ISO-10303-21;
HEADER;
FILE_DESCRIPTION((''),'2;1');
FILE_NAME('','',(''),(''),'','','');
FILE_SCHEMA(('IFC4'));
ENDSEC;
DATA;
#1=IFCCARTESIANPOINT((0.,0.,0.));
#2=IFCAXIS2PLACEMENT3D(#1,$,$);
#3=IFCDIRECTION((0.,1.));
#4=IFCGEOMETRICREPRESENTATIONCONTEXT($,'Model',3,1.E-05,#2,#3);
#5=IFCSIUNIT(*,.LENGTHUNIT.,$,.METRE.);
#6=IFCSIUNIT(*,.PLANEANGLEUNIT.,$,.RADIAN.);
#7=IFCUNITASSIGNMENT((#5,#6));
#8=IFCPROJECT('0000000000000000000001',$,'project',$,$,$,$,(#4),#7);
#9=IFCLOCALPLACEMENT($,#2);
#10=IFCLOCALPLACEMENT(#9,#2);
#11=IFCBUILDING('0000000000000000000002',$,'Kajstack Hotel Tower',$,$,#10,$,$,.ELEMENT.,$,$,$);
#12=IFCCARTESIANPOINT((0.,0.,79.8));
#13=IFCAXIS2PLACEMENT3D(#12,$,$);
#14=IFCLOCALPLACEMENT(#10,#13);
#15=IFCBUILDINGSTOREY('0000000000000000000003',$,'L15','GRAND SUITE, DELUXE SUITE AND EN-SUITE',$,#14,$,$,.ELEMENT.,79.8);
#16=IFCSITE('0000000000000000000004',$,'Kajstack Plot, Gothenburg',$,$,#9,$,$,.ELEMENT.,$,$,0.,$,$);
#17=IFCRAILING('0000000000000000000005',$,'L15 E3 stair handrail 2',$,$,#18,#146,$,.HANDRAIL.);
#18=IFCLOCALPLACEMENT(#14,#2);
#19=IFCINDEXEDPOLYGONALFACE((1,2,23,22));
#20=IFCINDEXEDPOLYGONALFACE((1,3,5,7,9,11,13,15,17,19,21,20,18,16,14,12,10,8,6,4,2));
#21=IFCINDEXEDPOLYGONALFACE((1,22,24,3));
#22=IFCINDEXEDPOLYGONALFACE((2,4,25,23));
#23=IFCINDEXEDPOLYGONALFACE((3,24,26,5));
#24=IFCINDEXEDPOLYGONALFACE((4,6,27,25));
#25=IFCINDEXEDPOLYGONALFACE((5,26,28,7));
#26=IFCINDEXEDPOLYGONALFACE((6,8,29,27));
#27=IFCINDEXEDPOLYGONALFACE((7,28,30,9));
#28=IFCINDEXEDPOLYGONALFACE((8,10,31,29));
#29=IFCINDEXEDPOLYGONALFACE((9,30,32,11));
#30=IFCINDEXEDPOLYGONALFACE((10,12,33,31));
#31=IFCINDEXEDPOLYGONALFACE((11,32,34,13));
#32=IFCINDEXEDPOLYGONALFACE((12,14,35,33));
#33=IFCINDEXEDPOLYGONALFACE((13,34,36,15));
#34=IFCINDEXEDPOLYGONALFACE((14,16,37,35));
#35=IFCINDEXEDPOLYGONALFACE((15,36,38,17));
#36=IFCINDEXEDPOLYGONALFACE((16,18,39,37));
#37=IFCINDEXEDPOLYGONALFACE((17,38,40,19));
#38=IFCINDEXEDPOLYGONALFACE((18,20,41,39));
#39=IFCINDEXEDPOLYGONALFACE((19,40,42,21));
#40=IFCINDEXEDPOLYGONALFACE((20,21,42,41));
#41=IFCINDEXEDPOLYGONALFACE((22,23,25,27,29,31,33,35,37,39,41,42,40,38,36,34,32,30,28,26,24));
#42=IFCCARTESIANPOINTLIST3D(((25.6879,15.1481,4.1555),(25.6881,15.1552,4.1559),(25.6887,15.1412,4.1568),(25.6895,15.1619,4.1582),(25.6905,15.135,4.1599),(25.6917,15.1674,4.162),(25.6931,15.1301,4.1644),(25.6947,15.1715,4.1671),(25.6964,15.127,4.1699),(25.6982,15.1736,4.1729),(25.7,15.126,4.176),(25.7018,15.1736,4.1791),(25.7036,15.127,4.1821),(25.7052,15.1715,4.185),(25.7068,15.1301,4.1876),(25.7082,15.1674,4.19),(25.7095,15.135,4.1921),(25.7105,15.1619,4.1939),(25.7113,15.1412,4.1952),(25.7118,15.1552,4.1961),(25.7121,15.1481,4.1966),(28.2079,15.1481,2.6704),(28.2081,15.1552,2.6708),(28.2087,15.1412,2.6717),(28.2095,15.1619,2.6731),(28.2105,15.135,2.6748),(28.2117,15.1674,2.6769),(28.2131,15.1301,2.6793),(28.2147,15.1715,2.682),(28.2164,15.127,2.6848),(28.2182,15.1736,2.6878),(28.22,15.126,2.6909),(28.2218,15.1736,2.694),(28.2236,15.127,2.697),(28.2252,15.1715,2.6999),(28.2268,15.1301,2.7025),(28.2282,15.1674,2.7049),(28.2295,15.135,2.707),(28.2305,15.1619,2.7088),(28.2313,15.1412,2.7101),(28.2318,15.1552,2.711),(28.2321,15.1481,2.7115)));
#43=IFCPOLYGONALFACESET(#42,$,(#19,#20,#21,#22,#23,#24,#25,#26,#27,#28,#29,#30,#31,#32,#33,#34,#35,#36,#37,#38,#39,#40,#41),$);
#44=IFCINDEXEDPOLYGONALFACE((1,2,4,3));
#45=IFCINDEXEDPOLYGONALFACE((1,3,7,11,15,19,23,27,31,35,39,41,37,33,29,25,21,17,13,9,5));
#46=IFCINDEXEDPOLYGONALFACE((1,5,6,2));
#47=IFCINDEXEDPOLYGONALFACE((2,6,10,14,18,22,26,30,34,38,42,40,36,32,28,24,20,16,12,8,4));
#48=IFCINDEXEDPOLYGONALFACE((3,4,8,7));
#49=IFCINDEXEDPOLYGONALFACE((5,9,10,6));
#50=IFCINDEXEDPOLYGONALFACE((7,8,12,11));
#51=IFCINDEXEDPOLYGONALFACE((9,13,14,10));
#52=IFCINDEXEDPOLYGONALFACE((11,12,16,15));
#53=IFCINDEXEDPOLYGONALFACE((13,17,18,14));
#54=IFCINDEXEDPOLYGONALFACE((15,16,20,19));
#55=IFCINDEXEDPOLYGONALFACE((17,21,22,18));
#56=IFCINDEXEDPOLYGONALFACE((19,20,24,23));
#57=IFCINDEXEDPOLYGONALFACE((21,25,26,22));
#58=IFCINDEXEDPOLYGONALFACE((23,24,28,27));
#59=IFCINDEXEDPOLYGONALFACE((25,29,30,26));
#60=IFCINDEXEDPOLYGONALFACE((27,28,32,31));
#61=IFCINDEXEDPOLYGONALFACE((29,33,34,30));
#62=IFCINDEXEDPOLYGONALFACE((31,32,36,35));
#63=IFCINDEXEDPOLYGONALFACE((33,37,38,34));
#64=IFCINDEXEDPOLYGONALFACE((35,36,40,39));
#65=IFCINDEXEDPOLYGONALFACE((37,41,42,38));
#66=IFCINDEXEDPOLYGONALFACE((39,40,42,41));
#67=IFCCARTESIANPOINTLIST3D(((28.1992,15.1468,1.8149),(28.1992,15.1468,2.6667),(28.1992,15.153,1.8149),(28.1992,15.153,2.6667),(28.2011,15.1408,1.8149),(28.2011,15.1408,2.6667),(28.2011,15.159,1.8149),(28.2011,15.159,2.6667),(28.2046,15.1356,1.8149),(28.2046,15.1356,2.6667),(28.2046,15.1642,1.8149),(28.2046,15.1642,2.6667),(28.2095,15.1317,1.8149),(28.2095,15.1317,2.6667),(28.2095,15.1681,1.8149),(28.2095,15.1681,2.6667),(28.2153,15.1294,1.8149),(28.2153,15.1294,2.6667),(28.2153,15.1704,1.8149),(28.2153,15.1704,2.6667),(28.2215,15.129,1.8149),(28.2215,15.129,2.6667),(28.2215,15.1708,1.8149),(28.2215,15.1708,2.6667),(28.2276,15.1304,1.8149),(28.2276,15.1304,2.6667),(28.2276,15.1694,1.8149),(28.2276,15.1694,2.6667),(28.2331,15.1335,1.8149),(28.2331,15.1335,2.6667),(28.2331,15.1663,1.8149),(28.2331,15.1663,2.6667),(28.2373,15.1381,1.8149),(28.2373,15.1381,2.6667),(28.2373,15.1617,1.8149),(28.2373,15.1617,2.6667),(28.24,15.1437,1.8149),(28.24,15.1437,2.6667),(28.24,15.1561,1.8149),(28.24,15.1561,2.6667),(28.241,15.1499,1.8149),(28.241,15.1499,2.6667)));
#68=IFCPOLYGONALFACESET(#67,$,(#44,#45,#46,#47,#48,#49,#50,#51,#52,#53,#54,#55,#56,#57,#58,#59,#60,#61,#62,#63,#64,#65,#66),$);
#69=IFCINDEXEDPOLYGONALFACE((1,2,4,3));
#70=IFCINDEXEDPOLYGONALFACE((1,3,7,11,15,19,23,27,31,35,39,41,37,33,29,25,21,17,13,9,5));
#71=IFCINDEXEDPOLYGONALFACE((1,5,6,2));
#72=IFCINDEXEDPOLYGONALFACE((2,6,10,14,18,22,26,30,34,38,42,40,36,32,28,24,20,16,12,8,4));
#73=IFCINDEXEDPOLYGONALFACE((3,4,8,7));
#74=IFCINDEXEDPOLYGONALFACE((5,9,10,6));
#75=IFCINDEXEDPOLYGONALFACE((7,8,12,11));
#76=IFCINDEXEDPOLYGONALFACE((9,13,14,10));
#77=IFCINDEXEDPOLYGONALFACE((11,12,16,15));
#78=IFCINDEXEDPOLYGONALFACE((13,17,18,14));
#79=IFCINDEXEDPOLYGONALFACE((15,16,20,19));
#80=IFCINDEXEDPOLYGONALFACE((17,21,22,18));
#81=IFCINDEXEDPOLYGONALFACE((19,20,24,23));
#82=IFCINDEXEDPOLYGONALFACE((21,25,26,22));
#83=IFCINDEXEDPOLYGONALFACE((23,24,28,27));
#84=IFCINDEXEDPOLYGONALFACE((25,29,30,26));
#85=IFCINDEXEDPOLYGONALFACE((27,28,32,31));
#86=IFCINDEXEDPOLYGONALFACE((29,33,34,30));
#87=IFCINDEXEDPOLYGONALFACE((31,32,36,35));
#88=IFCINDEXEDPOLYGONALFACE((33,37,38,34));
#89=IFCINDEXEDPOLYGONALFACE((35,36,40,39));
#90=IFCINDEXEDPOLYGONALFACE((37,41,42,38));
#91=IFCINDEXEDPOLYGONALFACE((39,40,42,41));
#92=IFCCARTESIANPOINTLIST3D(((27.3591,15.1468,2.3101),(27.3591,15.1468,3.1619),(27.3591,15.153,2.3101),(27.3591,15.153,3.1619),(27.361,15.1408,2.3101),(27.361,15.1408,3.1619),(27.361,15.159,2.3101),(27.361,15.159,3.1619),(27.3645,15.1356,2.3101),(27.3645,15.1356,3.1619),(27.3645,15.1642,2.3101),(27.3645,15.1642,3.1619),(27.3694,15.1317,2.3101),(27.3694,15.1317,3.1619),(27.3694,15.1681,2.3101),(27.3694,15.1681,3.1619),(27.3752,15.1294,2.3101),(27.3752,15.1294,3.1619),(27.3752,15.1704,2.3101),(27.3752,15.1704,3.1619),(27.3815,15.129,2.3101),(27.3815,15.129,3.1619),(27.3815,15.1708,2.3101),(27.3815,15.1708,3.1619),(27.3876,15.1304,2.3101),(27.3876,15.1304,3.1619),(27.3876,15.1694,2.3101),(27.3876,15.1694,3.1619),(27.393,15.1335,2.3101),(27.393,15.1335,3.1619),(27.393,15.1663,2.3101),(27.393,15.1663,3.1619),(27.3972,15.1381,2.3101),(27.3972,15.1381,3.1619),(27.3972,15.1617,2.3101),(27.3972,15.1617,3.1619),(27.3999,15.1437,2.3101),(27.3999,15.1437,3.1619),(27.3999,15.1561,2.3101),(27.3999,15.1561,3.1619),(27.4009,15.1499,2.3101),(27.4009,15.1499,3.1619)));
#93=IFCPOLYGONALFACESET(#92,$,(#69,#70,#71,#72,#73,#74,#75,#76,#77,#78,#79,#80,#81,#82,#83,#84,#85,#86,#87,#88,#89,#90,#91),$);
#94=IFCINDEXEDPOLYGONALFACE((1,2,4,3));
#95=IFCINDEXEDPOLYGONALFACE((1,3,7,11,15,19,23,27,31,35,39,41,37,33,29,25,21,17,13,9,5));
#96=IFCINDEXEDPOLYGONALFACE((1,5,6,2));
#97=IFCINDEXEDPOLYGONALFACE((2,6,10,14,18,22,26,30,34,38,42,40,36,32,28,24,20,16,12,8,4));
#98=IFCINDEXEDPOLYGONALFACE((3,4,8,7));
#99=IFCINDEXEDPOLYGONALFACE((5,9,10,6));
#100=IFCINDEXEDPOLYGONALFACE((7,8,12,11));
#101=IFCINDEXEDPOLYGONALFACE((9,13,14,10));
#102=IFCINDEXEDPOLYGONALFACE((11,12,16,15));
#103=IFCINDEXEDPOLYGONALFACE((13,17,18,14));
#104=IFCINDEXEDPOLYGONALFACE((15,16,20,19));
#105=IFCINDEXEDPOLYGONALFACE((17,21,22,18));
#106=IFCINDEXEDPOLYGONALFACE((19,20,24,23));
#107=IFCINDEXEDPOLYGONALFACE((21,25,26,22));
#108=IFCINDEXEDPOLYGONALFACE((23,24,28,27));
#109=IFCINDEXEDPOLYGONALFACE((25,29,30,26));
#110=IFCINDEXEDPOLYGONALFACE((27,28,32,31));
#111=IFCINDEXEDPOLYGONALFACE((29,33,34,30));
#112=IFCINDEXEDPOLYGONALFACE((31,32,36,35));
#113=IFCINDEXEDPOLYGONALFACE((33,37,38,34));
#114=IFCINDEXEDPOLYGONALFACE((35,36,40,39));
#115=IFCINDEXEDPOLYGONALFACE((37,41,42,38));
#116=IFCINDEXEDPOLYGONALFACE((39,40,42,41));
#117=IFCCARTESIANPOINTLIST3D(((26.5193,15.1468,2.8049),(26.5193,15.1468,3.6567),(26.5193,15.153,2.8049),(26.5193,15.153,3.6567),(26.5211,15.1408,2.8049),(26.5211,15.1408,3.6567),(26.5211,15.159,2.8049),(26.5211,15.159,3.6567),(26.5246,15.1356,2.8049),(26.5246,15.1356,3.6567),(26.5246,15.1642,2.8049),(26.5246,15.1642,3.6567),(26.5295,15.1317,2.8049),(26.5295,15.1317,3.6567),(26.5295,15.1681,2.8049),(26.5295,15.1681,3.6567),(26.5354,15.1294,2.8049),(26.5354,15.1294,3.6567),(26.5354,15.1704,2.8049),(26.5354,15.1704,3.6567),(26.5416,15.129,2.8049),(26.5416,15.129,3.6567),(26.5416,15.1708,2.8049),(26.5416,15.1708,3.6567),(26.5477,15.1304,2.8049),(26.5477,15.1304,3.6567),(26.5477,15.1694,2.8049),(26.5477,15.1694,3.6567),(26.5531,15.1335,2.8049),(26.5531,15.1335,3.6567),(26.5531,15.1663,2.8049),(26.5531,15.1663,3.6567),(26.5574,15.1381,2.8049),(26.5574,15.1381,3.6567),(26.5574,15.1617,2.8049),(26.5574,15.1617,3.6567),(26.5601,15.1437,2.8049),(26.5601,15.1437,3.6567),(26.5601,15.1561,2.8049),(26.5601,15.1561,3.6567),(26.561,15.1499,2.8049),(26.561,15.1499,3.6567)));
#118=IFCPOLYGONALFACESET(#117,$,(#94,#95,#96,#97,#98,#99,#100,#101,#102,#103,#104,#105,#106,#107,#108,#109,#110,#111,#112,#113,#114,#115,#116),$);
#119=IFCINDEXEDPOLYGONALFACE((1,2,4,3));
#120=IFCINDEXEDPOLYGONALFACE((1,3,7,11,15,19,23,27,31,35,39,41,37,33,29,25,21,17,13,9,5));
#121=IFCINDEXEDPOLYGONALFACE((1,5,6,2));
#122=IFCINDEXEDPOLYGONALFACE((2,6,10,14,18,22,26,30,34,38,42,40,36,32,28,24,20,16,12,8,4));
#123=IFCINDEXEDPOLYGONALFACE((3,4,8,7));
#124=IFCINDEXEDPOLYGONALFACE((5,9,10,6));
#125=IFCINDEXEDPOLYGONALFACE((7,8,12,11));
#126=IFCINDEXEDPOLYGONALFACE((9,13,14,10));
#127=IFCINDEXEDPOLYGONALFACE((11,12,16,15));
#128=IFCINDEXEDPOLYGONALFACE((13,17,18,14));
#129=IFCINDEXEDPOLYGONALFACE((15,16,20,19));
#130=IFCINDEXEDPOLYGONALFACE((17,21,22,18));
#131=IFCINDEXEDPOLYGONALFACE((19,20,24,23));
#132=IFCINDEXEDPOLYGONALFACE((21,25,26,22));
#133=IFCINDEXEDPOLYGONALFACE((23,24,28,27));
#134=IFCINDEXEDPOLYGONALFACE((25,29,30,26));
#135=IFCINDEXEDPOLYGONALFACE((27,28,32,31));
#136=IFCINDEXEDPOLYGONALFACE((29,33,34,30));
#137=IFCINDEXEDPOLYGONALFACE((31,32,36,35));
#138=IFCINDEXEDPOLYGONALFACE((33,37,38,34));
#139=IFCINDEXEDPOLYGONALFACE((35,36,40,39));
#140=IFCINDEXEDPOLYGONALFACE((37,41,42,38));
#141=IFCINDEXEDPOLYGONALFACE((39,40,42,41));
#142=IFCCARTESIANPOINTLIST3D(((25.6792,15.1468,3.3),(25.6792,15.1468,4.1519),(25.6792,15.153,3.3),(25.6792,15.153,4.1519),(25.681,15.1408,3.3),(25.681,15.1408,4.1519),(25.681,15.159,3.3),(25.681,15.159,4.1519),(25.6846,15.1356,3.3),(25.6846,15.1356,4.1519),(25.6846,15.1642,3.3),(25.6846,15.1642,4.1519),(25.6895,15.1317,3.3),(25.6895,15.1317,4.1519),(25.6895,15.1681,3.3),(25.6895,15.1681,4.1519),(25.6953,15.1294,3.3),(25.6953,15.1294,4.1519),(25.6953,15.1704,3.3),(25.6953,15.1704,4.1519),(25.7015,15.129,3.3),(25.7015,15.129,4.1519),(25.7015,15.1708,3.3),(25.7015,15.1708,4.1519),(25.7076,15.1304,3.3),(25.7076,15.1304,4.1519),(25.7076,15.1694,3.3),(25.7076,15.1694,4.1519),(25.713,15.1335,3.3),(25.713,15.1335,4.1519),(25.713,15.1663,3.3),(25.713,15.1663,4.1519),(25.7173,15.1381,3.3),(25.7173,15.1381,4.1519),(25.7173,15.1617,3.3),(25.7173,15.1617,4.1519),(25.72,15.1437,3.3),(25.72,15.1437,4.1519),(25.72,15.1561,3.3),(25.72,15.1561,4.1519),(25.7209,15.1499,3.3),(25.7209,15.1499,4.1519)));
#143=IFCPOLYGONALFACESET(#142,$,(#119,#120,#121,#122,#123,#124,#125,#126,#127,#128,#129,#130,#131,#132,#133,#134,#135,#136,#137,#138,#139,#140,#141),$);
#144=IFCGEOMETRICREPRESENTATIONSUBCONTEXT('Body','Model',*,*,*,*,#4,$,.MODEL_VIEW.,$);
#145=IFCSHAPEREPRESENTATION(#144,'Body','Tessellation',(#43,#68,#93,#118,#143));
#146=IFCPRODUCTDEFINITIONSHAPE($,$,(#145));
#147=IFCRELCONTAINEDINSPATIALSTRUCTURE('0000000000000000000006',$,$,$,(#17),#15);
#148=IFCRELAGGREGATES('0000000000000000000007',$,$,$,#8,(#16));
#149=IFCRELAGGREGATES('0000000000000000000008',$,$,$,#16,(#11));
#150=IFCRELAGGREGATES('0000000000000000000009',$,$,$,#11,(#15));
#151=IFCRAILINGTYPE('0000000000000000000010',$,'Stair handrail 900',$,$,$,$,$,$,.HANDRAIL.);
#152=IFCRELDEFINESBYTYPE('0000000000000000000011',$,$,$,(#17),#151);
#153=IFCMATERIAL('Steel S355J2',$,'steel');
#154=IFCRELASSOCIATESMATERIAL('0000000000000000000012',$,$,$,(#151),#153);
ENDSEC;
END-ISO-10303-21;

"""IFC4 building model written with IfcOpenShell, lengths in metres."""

from ifc_helpers import new_model, si_unit, direction, frame, origin, origin_2d, place, context, subcontext, project, spatial, circle, extrude, material, type_object, element, save


model = new_model("IFC4")

# Units and contexts
model_context = context("Model", 3, precision=1e-05, world=origin(), true_north=direction((0.0, 1.0)))
body_context = subcontext(model_context, "Body", "Model", "MODEL_VIEW")
ifc_project = project(units=[si_unit("LENGTHUNIT", "METRE"), si_unit("PLANEANGLEUNIT", "RADIAN")], contexts=[model_context])

# Site, building, storey
site_placement = place(None, origin())
site = spatial("IfcSite", under=ifc_project, at=site_placement, Name="Kajstack Plot, Gothenburg", CompositionType="ELEMENT", RefElevation=0.0)
building_placement = place(site_placement, origin())
building = spatial("IfcBuilding", under=site, at=building_placement, Name="Kajstack Hotel Tower", CompositionType="ELEMENT")
storey_placement = place(building_placement, frame((0.0, 0.0, 79.8)))
storey = spatial("IfcBuildingStorey", under=building, at=storey_placement, Name="L15", Description="GRAND SUITE, DELUXE SUITE AND EN-SUITE", CompositionType="ELEMENT", Elevation=79.8)

# Railing
ifc_material_1 = material(Name="Steel S355J2", Category="steel")
railing_type_1 = type_object("IfcRailingType", Name="Stair handrail 900", PredefinedType="HANDRAIL", material=ifc_material_1)
railing_1_placement = place(storey_placement, frame((28.22, 15.1499, 1.8149)))
element("IfcRailing", 1, at=railing_1_placement, inside=storey, type_object=railing_type_1, Name="L15 E3 stair handrail 2", PredefinedType="HANDRAIL", context=body_context, shape_type="SweptSolid", body=[
    extrude(circle(Radius=0.0239, at=origin_2d()), frame((0.0, 0.0, 0.876), z_axis=(-0.861524, 0.0, 0.507717), x_axis=(0.0, -1.0, 0.0)), (0.0, 0.0, 1.0), 2.925),
    extrude(circle(Radius=0.021, at=origin_2d()), origin(), (0.0, 0.0, 1.0), 0.8518),
    extrude(circle(Radius=0.021, at=origin_2d()), frame((-0.8401, 0.0, 0.4951)), (0.0, 0.0, 1.0), 0.8518),
    extrude(circle(Radius=0.021, at=origin_2d()), frame((-1.6799, 0.0, 0.99)), (0.0, 0.0, 1.0), 0.8518),
    extrude(circle(Radius=0.021, at=origin_2d()), frame((-2.52, 0.0, 1.4851)), (0.0, 0.0, 1.0), 0.8518),
])

save(model, "model.ifc")
